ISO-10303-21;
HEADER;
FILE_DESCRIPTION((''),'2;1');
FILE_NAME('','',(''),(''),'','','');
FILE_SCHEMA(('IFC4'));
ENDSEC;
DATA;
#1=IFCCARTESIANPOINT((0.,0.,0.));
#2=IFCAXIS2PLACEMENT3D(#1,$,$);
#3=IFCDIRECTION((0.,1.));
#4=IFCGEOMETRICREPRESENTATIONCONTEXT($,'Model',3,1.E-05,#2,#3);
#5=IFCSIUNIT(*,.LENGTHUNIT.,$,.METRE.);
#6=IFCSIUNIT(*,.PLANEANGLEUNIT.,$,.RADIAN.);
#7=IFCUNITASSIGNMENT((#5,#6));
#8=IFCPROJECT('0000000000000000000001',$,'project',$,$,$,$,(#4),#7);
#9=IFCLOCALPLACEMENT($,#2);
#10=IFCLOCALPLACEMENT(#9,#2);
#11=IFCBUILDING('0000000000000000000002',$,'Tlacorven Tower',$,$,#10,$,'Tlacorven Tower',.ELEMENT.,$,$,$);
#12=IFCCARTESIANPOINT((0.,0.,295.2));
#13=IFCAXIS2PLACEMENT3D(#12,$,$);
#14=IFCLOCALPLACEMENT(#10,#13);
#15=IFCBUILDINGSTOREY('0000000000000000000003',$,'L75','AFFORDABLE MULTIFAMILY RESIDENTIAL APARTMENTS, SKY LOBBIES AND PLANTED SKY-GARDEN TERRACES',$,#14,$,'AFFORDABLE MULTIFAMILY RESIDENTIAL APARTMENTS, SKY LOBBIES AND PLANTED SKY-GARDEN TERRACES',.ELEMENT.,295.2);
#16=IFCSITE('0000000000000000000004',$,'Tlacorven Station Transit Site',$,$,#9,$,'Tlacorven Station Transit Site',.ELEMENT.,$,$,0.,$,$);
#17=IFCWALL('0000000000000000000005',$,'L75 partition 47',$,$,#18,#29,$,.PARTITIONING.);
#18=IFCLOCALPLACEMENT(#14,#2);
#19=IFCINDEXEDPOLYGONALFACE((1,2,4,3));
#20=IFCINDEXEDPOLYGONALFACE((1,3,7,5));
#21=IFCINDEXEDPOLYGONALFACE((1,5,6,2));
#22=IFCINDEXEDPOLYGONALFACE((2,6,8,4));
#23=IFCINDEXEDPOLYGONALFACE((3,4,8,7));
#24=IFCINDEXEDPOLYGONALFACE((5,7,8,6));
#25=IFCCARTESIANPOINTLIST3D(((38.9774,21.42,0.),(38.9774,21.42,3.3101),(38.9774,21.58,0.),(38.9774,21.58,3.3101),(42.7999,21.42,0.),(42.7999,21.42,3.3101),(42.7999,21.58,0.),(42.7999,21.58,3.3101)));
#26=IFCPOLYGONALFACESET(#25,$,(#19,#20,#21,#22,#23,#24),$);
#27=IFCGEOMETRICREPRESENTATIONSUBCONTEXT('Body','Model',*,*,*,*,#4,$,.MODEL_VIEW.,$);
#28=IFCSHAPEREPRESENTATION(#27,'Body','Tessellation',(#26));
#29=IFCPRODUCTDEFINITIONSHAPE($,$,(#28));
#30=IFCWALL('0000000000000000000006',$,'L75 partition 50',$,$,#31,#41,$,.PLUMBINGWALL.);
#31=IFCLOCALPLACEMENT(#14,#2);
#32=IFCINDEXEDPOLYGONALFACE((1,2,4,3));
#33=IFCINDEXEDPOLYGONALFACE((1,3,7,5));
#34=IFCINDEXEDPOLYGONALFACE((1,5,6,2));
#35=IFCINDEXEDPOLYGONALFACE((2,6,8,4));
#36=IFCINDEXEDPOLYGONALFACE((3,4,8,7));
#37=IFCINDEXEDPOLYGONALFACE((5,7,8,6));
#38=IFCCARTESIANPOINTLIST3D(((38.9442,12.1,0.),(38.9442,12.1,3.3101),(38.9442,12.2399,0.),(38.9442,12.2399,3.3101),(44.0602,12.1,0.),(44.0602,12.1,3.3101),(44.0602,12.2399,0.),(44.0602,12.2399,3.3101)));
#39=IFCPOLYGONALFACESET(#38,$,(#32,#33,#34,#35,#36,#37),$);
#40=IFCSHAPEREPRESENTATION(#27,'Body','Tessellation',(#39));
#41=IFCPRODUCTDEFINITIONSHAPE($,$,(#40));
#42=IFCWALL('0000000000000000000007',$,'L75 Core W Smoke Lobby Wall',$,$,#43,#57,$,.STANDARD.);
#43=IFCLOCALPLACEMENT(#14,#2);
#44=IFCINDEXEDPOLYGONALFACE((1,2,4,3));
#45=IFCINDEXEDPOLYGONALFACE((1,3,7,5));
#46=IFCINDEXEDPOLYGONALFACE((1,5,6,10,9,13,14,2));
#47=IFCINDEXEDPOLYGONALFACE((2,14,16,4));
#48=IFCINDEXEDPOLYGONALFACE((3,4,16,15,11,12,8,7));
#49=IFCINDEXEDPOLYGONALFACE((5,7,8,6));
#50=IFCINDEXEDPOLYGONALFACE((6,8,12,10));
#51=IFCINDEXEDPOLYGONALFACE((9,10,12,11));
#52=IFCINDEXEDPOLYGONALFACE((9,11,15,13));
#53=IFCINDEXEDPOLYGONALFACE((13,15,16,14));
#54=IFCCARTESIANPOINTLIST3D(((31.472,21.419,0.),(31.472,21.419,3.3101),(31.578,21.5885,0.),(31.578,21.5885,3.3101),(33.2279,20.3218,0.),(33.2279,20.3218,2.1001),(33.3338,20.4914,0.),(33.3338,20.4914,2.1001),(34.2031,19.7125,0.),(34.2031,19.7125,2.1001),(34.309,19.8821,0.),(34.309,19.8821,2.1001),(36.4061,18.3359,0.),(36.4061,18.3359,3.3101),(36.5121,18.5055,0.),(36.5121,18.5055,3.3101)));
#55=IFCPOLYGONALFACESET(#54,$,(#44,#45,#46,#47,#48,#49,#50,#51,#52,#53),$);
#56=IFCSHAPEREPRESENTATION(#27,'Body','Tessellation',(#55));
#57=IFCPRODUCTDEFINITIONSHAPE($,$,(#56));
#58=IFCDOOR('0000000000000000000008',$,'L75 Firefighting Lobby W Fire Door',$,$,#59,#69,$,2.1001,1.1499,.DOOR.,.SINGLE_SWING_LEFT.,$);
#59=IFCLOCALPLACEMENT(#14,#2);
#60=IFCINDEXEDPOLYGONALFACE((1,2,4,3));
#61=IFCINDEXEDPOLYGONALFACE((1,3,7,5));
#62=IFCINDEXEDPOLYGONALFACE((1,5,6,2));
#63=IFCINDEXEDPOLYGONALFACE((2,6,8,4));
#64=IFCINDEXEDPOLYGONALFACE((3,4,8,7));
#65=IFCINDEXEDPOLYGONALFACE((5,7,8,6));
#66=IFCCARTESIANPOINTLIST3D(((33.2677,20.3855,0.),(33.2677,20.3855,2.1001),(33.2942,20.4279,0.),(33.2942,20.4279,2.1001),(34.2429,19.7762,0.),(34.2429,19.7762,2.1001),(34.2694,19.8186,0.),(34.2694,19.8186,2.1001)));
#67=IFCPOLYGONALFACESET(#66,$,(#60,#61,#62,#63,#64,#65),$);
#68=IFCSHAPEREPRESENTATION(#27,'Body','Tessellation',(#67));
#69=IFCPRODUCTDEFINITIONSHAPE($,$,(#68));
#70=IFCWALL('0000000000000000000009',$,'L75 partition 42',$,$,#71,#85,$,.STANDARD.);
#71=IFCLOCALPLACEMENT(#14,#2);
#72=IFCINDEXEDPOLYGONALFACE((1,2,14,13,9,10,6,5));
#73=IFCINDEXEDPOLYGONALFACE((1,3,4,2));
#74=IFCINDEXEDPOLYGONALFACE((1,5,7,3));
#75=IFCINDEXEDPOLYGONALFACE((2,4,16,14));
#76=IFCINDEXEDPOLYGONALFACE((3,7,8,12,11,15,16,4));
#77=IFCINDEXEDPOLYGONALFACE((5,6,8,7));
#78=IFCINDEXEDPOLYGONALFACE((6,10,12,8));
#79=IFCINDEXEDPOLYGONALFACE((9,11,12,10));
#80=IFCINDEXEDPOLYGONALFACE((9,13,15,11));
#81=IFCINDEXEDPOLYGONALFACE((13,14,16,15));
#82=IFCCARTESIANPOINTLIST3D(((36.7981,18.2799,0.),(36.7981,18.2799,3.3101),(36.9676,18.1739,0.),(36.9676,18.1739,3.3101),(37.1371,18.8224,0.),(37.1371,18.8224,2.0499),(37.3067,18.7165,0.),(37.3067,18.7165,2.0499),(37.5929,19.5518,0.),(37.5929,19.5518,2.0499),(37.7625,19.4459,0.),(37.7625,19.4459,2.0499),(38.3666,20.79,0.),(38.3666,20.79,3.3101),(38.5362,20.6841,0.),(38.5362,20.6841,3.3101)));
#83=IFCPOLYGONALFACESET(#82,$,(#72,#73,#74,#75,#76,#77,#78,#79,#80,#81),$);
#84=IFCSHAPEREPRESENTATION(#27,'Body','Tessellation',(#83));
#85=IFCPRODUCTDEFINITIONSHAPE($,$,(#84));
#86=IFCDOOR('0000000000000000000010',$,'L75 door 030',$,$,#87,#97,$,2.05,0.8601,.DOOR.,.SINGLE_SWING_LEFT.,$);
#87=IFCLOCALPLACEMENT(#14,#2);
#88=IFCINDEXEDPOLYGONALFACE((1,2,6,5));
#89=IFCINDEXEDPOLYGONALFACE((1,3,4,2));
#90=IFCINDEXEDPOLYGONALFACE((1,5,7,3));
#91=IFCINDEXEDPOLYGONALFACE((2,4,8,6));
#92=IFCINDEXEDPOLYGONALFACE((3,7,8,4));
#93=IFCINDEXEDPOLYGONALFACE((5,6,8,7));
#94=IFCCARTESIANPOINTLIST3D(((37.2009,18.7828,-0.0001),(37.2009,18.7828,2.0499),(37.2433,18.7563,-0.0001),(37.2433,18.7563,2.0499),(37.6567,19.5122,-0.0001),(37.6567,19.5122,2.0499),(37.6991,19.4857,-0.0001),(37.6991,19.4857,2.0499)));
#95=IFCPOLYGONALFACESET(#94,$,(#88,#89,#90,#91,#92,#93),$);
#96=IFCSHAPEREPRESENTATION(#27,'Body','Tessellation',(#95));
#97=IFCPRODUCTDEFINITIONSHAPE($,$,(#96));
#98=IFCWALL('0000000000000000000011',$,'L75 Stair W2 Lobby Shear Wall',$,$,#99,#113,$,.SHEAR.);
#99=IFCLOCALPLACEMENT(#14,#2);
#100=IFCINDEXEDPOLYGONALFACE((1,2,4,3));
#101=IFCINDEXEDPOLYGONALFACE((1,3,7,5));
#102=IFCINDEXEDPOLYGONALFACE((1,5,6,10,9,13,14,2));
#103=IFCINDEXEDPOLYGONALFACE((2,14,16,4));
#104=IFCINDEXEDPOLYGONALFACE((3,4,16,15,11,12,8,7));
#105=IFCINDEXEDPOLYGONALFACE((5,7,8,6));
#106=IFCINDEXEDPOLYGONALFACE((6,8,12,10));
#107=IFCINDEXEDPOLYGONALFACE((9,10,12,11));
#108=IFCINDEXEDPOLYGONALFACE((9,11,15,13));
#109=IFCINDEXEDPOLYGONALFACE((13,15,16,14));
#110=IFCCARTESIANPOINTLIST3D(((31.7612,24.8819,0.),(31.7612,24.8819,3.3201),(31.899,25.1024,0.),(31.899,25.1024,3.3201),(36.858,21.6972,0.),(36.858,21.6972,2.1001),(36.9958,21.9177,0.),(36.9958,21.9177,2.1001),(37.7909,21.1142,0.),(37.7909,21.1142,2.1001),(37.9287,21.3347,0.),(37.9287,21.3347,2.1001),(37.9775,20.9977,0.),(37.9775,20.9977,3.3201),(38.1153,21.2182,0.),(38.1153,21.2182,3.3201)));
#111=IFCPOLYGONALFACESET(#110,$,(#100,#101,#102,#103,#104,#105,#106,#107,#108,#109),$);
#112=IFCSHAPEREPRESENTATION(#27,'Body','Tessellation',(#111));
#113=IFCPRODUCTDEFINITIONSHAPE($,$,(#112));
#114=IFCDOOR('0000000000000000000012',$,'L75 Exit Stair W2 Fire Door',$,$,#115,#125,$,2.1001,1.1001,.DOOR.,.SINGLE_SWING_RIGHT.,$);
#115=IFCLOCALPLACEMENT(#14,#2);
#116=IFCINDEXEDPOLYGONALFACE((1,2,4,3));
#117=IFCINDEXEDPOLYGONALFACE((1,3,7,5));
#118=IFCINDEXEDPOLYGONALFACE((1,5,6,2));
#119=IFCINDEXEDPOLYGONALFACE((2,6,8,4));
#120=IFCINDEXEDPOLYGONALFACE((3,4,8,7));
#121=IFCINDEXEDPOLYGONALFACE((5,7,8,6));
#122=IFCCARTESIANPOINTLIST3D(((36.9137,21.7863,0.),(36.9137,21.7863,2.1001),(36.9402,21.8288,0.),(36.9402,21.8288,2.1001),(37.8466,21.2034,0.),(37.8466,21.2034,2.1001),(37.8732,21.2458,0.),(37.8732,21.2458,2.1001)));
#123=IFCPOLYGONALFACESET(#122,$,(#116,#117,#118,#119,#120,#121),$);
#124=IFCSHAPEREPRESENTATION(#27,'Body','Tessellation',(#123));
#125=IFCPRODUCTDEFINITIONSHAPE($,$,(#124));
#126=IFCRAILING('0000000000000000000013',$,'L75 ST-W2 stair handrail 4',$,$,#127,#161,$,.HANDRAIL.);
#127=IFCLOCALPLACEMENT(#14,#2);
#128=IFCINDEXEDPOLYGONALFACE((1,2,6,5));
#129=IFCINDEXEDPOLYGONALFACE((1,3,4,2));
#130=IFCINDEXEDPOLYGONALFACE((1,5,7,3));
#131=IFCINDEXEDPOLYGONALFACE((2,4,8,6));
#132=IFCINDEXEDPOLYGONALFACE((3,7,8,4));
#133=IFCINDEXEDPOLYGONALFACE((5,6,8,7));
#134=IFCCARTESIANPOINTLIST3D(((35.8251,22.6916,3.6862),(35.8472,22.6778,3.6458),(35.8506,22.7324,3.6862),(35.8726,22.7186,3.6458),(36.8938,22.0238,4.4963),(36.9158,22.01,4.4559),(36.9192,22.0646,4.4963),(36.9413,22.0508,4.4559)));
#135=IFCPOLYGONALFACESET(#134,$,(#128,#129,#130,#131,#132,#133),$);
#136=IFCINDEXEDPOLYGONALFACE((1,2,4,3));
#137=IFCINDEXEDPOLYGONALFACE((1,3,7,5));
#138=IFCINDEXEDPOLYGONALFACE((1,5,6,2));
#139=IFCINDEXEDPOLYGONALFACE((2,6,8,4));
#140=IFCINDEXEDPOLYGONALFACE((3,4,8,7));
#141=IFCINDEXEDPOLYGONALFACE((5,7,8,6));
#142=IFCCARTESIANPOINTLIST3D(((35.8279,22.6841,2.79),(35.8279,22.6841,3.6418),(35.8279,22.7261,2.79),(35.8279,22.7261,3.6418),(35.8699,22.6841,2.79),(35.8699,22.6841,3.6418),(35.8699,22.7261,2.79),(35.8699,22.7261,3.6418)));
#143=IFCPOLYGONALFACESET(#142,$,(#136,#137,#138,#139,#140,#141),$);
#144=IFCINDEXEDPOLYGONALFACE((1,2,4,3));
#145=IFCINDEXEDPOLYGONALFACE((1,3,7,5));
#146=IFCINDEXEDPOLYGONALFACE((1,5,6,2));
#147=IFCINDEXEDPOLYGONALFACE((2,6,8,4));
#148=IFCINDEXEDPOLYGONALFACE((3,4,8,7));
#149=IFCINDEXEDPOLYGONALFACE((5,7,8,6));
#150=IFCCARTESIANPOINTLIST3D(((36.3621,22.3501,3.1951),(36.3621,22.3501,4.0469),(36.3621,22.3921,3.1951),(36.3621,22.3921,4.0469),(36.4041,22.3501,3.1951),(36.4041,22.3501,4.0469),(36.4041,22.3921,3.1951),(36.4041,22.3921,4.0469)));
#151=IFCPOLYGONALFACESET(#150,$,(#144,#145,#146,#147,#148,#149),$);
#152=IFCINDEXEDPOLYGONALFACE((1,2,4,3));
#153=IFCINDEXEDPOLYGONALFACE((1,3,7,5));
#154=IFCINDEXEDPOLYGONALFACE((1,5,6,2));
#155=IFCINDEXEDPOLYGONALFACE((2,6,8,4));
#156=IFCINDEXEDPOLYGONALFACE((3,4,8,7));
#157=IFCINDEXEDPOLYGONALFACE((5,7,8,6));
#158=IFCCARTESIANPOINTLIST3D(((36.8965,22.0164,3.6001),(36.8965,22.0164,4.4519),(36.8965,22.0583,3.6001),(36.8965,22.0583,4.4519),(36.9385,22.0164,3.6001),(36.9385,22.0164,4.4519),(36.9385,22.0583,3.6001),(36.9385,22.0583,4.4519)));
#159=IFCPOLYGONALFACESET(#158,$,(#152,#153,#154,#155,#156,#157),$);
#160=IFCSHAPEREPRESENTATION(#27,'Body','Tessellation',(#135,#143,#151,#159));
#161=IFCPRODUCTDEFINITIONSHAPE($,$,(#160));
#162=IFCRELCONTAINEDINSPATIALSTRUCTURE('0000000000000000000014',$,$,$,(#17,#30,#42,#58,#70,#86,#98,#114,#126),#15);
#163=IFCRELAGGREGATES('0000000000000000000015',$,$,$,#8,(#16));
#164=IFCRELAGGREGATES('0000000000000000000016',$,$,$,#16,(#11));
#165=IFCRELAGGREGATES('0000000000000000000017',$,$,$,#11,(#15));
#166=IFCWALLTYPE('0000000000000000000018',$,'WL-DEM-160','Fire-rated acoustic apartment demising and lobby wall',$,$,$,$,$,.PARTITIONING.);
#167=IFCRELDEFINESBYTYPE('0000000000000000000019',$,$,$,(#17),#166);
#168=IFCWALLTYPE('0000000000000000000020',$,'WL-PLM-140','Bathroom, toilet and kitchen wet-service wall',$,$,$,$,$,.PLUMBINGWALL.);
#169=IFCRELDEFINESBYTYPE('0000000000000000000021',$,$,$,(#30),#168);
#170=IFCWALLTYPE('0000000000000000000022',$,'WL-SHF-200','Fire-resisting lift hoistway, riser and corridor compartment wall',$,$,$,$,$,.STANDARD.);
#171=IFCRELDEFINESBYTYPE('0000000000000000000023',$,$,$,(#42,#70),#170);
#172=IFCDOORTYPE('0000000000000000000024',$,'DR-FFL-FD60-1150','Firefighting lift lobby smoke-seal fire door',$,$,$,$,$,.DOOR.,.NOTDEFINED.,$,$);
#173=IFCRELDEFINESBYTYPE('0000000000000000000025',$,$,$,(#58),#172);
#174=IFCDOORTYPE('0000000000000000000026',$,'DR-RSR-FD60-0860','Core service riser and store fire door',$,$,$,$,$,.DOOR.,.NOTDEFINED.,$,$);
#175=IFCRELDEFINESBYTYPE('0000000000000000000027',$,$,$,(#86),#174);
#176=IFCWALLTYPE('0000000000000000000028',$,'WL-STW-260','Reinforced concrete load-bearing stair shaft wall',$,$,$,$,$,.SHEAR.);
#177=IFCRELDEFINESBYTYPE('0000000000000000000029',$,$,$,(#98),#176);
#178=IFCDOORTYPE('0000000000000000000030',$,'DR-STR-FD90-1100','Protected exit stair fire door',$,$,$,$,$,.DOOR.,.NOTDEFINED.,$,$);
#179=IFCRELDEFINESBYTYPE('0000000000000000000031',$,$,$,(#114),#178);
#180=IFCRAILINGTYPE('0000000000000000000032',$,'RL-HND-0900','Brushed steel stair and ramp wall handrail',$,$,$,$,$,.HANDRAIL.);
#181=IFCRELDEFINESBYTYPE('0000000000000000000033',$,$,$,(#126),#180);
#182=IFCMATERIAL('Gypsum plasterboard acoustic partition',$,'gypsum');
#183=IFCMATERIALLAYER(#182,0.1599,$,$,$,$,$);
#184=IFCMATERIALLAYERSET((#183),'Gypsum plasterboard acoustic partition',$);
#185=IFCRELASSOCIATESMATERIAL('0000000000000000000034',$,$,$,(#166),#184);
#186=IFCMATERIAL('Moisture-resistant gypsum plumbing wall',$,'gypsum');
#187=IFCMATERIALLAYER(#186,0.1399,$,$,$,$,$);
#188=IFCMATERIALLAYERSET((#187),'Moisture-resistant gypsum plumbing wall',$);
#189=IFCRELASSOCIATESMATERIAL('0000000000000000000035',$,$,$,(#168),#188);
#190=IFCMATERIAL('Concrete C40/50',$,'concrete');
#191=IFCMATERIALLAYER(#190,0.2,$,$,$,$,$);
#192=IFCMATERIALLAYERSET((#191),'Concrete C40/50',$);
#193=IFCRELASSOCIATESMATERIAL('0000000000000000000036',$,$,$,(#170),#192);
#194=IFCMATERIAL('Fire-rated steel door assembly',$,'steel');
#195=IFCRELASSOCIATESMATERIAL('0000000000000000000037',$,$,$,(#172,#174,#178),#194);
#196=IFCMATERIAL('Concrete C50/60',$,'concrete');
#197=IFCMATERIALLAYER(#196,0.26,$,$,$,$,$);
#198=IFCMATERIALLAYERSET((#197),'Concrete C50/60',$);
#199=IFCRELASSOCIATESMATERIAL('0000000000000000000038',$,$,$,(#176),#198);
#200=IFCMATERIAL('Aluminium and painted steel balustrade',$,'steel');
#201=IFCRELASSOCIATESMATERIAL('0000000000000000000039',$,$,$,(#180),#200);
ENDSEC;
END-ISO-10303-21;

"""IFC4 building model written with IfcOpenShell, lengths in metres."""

from ifc_helpers import new_model, si_unit, direction, frame, frame_2d, origin, origin_2d, place, context, subcontext, project, spatial, rectangle, extrude, source, transform, mapped, material, layer, layer_set, type_object, element, fill, save


model = new_model("IFC4")

# Units and contexts
model_context = context("Model", 3, precision=1e-05, world=origin(), true_north=direction((0.0, 1.0)))
body_context = subcontext(model_context, "Body", "Model", "MODEL_VIEW")
ifc_project = project(units=[si_unit("LENGTHUNIT", "METRE"), si_unit("PLANEANGLEUNIT", "RADIAN")], contexts=[model_context])

# Site, building, storey
site_placement = place(None, origin())
site = spatial("IfcSite", under=ifc_project, at=site_placement, Name="Tlacorven Station Transit Site", LongName="Tlacorven Station Transit Site", CompositionType="ELEMENT", RefElevation=0.0)
building_placement = place(site_placement, origin())
building = spatial("IfcBuilding", under=site, at=building_placement, Name="Tlacorven Tower", LongName="Tlacorven Tower", CompositionType="ELEMENT")
storey_placement = place(building_placement, frame((0.0, 0.0, 295.2)))
storey = spatial("IfcBuildingStorey", under=building, at=storey_placement, Name="L75", Description="AFFORDABLE MULTIFAMILY RESIDENTIAL APARTMENTS, SKY LOBBIES AND PLANTED SKY-GARDEN TERRACES", LongName="AFFORDABLE MULTIFAMILY RESIDENTIAL APARTMENTS, SKY LOBBIES AND PLANTED SKY-GARDEN TERRACES", CompositionType="ELEMENT", Elevation=295.2)

# Shared definitions
ifc_material_1 = material(Name="Concrete C50/60", Category="concrete")

# Shared definitions
ifc_material_2 = material(Name="Gypsum plasterboard acoustic partition", Category="gypsum")
ifc_layer_1 = layer(ifc_material_2, 0.1599)
ifc_layer_set_1 = layer_set([ifc_layer_1], Name="Gypsum plasterboard acoustic partition")
wall_type_1 = type_object("IfcWallType", Name="WL-DEM-160", Description="Fire-rated acoustic apartment demising and lobby wall", PredefinedType="PARTITIONING", material=ifc_layer_set_1)
ifc_material_3 = material(Name="Fire-rated steel door assembly", Category="steel")

# Walls
wall_1_placement = place(storey_placement, frame((38.9775, 21.5, 0.0), z_axis=(0.0, 0.0, 1.0), x_axis=(1.0, 0.0, 0.0)))
element("IfcWall", 1, at=wall_1_placement, inside=storey, type_object=wall_type_1, Name="L75 partition 47", PredefinedType="PARTITIONING", context=body_context, shape_type="SweptSolid", body=[
    extrude(rectangle(XDim=3.8225, YDim=0.1599, at=frame_2d((1.9111, 0.0))), origin(), (0.0, 0.0, 1.0), 3.3101),
])
ifc_material_4 = material(Name="Moisture-resistant gypsum plumbing wall", Category="gypsum")
ifc_layer_2 = layer(ifc_material_4, 0.1399)
ifc_layer_set_2 = layer_set([ifc_layer_2], Name="Moisture-resistant gypsum plumbing wall")
wall_type_2 = type_object("IfcWallType", Name="WL-PLM-140", Description="Bathroom, toilet and kitchen wet-service wall", PredefinedType="PLUMBINGWALL", material=ifc_layer_set_2)
wall_2_placement = place(storey_placement, frame((38.9441, 12.1699, 0.0), z_axis=(0.0, 0.0, 1.0), x_axis=(1.0, 0.0, 0.0)))
element("IfcWall", 2, at=wall_2_placement, inside=storey, type_object=wall_type_2, Name="L75 partition 50", PredefinedType="PLUMBINGWALL", context=body_context, shape_type="SweptSolid", body=[
    extrude(rectangle(XDim=5.116, YDim=0.1399, at=frame_2d((2.5581, 0.0))), origin(), (0.0, 0.0, 1.0), 3.3101),
])

# Walls, openings, doors
ifc_material_5 = material(Name="Concrete C40/50", Category="concrete")
ifc_layer_3 = layer(ifc_material_5, 0.2)
ifc_layer_set_3 = layer_set([ifc_layer_3], Name="Concrete C40/50")
wall_type_3 = type_object("IfcWallType", Name="WL-SHF-200", Description="Fire-resisting lift hoistway, riser and corridor compartment wall", PredefinedType="STANDARD", material=ifc_layer_set_3)
wall_3_placement = place(storey_placement, frame((36.4592, 18.4207, 0.0), z_axis=(0.0, 0.0, 1.0), x_axis=(-0.84806, 0.529901, 0.0)))
wall_3 = element("IfcWall", 3, at=wall_3_placement, inside=storey, type_object=wall_type_3, Name="L75 Core W Smoke Lobby Wall", PredefinedType="STANDARD", context=body_context, shape_type="SweptSolid", body=[
    extrude(rectangle(XDim=5.8181, YDim=0.2, at=frame_2d((2.9092, 0.0))), origin(), (0.0, 0.0, 1.0), 3.3101),
])
opening_1_placement = place(wall_3_placement, frame((2.5979, 0.0, 0.0)))
opening_1 = element("IfcOpeningElement", 4, at=opening_1_placement, cuts=wall_3, PredefinedType="OPENING", context=body_context, shape_type="SweptSolid", body=[
    extrude(rectangle(XDim=1.1499, YDim=2.1001, at=frame_2d((0.575, 1.05))), frame((0.0, 0.1099, 0.0), z_axis=(0.0, -1.0, 0.0), x_axis=(1.0, 0.0, 0.0)), (0.0, 0.0, 1.0), 0.22),
])
door_type_1 = type_object("IfcDoorType", Name="DR-FFL-FD60-1150", Description="Firefighting lift lobby smoke-seal fire door", OperationType="NOTDEFINED", PredefinedType="DOOR", material=ifc_material_3)
shared_shape_1 = source(origin(), body_context, "Body", "SweptSolid", [
    extrude(rectangle(XDim=1.1499, YDim=2.1001, at=frame_2d((0.575, 1.05))), frame((0.0, 0.0249, 0.0), z_axis=(0.0, -1.0, 0.0), x_axis=(1.0, 0.0, 0.0)), (0.0, 0.0, 1.0), 0.05),
])
door_1_placement = place(opening_1_placement, origin())
door_1 = element("IfcDoor", 5, at=door_1_placement, inside=storey, type_object=door_type_1, Name="L75 Firefighting Lobby W Fire Door", OperationType="SINGLE_SWING_LEFT", OverallHeight=2.1001, OverallWidth=1.1499, PredefinedType="DOOR", context=body_context, shape_type="MappedRepresentation", body=[
    mapped(shared_shape_1, transform((0.0, 0.0, 0.0), scale=1.0)),
])
fill(opening_1, door_1)
wall_4_placement = place(storey_placement, frame((38.4514, 20.7371, 0.0), z_axis=(0.0, 0.0, 1.0), x_axis=(-0.529925, -0.848045, 0.0)))
wall_4 = element("IfcWall", 6, at=wall_4_placement, inside=storey, type_object=wall_type_3, Name="L75 partition 42", PredefinedType="STANDARD", context=body_context, shape_type="SweptSolid", body=[
    extrude(rectangle(XDim=2.96, YDim=0.2, at=frame_2d((1.48, 0.0))), origin(), (0.0, 0.0, 1.0), 3.3101),
])
opening_2_placement = place(wall_4_placement, frame((1.46, 0.0, 0.0)))
opening_2 = element("IfcOpeningElement", 7, at=opening_2_placement, cuts=wall_4, PredefinedType="OPENING", context=body_context, shape_type="SweptSolid", body=[
    extrude(rectangle(XDim=0.8601, YDim=2.05, at=frame_2d((0.4302, 1.0249))), frame((0.0, 0.1099, 0.0), z_axis=(0.0, -1.0, 0.0), x_axis=(1.0, 0.0, 0.0)), (0.0, 0.0, 1.0), 0.22),
])
door_type_2 = type_object("IfcDoorType", Name="DR-RSR-FD60-0860", Description="Core service riser and store fire door", OperationType="NOTDEFINED", PredefinedType="DOOR", material=ifc_material_3)
shared_shape_2 = source(origin(), body_context, "Body", "SweptSolid", [
    extrude(rectangle(XDim=0.8601, YDim=2.05, at=frame_2d((0.4302, 1.0249))), frame((0.0, 0.0249, 0.0), z_axis=(0.0, -1.0, 0.0), x_axis=(1.0, 0.0, 0.0)), (0.0, 0.0, 1.0), 0.05),
])
door_2_placement = place(opening_2_placement, frame((0.8601, 0.0, 0.0), z_axis=(0.0, 0.0, 1.0), x_axis=(-1.0, 0.0, 0.0)))
door_2 = element("IfcDoor", 8, at=door_2_placement, inside=storey, type_object=door_type_2, Name="L75 door 030", OperationType="SINGLE_SWING_LEFT", OverallHeight=2.05, OverallWidth=0.8601, PredefinedType="DOOR", context=body_context, shape_type="MappedRepresentation", body=[
    mapped(shared_shape_2, transform((0.0, 0.0, 0.0), scale=1.0)),
])
fill(opening_2, door_2)
ifc_layer_4 = layer(ifc_material_1, 0.26)
ifc_layer_set_4 = layer_set([ifc_layer_4], Name="Concrete C50/60")
wall_type_4 = type_object("IfcWallType", Name="WL-STW-260", Description="Reinforced concrete load-bearing stair shaft wall", PredefinedType="SHEAR", material=ifc_layer_set_4)
wall_5_placement = place(storey_placement, frame((38.0464, 21.1079, 0.0), z_axis=(0.0, 0.0, 1.0), x_axis=(-0.848054, 0.529909, 0.0)))
wall_5 = element("IfcWall", 9, at=wall_5_placement, inside=storey, type_object=wall_type_4, Name="L75 Stair W2 Lobby Shear Wall", PredefinedType="SHEAR", context=body_context, shape_type="SweptSolid", body=[
    extrude(rectangle(XDim=7.3301, YDim=0.26, at=frame_2d((3.665, 0.0))), origin(), (0.0, 0.0, 1.0), 3.3201),
])
opening_3_placement = place(wall_5_placement, frame((0.22, 0.0, 0.0)))
opening_3 = element("IfcOpeningElement", 10, at=opening_3_placement, cuts=wall_5, PredefinedType="OPENING", context=body_context, shape_type="SweptSolid", body=[
    extrude(rectangle(XDim=1.1001, YDim=2.1001, at=frame_2d((0.55, 1.05))), frame((0.0, 0.1401, 0.0), z_axis=(0.0, -1.0, 0.0), x_axis=(1.0, 0.0, 0.0)), (0.0, 0.0, 1.0), 0.28),
])
door_type_3 = type_object("IfcDoorType", Name="DR-STR-FD90-1100", Description="Protected exit stair fire door", OperationType="NOTDEFINED", PredefinedType="DOOR", material=ifc_material_3)
shared_shape_3 = source(origin(), body_context, "Body", "SweptSolid", [
    extrude(rectangle(XDim=1.1001, YDim=2.1001, at=frame_2d((0.55, 1.05))), frame((0.0, 0.0249, 0.0), z_axis=(0.0, -1.0, 0.0), x_axis=(1.0, 0.0, 0.0)), (0.0, 0.0, 1.0), 0.05),
])
door_3_placement = place(opening_3_placement, origin())
door_3 = element("IfcDoor", 11, at=door_3_placement, inside=storey, type_object=door_type_3, Name="L75 Exit Stair W2 Fire Door", OperationType="SINGLE_SWING_RIGHT", OverallHeight=2.1001, OverallWidth=1.1001, PredefinedType="DOOR", context=body_context, shape_type="MappedRepresentation", body=[
    mapped(shared_shape_3, transform((0.0, 0.0, 0.0), scale=1.0)),
])
fill(opening_3, door_3)

# Railing
ifc_material_6 = material(Name="Aluminium and painted steel balustrade", Category="steel")
railing_type = type_object("IfcRailingType", Name="RL-HND-0900", Description="Brushed steel stair and ramp wall handrail", PredefinedType="HANDRAIL", material=ifc_material_6)
shared_shape_4 = source(origin(), body_context, "Body", "SweptSolid", [
    extrude(rectangle(XDim=0.0481, YDim=0.0481, at=origin_2d()), frame((0.0, 0.0, 0.876), z_axis=(0.71336, -0.445748, 0.540765), x_axis=(0.529912, 0.848053, 0.0)), (0.0, 0.0, 1.0), 1.498),
    extrude(rectangle(XDim=0.042, YDim=0.042, at=origin_2d()), origin(), (0.0, 0.0, 1.0), 0.8518),
    extrude(rectangle(XDim=0.042, YDim=0.042, at=origin_2d()), frame((0.5342, -0.334, 0.405)), (0.0, 0.0, 1.0), 0.8518),
    extrude(rectangle(XDim=0.042, YDim=0.042, at=origin_2d()), frame((1.0686, -0.6677, 0.8101)), (0.0, 0.0, 1.0), 0.8518),
])
railing_placement = place(storey_placement, frame((35.8489, 22.7051, 2.79)))
element("IfcRailing", 12, at=railing_placement, inside=storey, type_object=railing_type, Name="L75 ST-W2 stair handrail 4", PredefinedType="HANDRAIL", context=body_context, shape_type="MappedRepresentation", body=[
    mapped(shared_shape_4, transform((0.0, 0.0, 0.0), scale=1.0)),
])

save(model, "model.ifc")
